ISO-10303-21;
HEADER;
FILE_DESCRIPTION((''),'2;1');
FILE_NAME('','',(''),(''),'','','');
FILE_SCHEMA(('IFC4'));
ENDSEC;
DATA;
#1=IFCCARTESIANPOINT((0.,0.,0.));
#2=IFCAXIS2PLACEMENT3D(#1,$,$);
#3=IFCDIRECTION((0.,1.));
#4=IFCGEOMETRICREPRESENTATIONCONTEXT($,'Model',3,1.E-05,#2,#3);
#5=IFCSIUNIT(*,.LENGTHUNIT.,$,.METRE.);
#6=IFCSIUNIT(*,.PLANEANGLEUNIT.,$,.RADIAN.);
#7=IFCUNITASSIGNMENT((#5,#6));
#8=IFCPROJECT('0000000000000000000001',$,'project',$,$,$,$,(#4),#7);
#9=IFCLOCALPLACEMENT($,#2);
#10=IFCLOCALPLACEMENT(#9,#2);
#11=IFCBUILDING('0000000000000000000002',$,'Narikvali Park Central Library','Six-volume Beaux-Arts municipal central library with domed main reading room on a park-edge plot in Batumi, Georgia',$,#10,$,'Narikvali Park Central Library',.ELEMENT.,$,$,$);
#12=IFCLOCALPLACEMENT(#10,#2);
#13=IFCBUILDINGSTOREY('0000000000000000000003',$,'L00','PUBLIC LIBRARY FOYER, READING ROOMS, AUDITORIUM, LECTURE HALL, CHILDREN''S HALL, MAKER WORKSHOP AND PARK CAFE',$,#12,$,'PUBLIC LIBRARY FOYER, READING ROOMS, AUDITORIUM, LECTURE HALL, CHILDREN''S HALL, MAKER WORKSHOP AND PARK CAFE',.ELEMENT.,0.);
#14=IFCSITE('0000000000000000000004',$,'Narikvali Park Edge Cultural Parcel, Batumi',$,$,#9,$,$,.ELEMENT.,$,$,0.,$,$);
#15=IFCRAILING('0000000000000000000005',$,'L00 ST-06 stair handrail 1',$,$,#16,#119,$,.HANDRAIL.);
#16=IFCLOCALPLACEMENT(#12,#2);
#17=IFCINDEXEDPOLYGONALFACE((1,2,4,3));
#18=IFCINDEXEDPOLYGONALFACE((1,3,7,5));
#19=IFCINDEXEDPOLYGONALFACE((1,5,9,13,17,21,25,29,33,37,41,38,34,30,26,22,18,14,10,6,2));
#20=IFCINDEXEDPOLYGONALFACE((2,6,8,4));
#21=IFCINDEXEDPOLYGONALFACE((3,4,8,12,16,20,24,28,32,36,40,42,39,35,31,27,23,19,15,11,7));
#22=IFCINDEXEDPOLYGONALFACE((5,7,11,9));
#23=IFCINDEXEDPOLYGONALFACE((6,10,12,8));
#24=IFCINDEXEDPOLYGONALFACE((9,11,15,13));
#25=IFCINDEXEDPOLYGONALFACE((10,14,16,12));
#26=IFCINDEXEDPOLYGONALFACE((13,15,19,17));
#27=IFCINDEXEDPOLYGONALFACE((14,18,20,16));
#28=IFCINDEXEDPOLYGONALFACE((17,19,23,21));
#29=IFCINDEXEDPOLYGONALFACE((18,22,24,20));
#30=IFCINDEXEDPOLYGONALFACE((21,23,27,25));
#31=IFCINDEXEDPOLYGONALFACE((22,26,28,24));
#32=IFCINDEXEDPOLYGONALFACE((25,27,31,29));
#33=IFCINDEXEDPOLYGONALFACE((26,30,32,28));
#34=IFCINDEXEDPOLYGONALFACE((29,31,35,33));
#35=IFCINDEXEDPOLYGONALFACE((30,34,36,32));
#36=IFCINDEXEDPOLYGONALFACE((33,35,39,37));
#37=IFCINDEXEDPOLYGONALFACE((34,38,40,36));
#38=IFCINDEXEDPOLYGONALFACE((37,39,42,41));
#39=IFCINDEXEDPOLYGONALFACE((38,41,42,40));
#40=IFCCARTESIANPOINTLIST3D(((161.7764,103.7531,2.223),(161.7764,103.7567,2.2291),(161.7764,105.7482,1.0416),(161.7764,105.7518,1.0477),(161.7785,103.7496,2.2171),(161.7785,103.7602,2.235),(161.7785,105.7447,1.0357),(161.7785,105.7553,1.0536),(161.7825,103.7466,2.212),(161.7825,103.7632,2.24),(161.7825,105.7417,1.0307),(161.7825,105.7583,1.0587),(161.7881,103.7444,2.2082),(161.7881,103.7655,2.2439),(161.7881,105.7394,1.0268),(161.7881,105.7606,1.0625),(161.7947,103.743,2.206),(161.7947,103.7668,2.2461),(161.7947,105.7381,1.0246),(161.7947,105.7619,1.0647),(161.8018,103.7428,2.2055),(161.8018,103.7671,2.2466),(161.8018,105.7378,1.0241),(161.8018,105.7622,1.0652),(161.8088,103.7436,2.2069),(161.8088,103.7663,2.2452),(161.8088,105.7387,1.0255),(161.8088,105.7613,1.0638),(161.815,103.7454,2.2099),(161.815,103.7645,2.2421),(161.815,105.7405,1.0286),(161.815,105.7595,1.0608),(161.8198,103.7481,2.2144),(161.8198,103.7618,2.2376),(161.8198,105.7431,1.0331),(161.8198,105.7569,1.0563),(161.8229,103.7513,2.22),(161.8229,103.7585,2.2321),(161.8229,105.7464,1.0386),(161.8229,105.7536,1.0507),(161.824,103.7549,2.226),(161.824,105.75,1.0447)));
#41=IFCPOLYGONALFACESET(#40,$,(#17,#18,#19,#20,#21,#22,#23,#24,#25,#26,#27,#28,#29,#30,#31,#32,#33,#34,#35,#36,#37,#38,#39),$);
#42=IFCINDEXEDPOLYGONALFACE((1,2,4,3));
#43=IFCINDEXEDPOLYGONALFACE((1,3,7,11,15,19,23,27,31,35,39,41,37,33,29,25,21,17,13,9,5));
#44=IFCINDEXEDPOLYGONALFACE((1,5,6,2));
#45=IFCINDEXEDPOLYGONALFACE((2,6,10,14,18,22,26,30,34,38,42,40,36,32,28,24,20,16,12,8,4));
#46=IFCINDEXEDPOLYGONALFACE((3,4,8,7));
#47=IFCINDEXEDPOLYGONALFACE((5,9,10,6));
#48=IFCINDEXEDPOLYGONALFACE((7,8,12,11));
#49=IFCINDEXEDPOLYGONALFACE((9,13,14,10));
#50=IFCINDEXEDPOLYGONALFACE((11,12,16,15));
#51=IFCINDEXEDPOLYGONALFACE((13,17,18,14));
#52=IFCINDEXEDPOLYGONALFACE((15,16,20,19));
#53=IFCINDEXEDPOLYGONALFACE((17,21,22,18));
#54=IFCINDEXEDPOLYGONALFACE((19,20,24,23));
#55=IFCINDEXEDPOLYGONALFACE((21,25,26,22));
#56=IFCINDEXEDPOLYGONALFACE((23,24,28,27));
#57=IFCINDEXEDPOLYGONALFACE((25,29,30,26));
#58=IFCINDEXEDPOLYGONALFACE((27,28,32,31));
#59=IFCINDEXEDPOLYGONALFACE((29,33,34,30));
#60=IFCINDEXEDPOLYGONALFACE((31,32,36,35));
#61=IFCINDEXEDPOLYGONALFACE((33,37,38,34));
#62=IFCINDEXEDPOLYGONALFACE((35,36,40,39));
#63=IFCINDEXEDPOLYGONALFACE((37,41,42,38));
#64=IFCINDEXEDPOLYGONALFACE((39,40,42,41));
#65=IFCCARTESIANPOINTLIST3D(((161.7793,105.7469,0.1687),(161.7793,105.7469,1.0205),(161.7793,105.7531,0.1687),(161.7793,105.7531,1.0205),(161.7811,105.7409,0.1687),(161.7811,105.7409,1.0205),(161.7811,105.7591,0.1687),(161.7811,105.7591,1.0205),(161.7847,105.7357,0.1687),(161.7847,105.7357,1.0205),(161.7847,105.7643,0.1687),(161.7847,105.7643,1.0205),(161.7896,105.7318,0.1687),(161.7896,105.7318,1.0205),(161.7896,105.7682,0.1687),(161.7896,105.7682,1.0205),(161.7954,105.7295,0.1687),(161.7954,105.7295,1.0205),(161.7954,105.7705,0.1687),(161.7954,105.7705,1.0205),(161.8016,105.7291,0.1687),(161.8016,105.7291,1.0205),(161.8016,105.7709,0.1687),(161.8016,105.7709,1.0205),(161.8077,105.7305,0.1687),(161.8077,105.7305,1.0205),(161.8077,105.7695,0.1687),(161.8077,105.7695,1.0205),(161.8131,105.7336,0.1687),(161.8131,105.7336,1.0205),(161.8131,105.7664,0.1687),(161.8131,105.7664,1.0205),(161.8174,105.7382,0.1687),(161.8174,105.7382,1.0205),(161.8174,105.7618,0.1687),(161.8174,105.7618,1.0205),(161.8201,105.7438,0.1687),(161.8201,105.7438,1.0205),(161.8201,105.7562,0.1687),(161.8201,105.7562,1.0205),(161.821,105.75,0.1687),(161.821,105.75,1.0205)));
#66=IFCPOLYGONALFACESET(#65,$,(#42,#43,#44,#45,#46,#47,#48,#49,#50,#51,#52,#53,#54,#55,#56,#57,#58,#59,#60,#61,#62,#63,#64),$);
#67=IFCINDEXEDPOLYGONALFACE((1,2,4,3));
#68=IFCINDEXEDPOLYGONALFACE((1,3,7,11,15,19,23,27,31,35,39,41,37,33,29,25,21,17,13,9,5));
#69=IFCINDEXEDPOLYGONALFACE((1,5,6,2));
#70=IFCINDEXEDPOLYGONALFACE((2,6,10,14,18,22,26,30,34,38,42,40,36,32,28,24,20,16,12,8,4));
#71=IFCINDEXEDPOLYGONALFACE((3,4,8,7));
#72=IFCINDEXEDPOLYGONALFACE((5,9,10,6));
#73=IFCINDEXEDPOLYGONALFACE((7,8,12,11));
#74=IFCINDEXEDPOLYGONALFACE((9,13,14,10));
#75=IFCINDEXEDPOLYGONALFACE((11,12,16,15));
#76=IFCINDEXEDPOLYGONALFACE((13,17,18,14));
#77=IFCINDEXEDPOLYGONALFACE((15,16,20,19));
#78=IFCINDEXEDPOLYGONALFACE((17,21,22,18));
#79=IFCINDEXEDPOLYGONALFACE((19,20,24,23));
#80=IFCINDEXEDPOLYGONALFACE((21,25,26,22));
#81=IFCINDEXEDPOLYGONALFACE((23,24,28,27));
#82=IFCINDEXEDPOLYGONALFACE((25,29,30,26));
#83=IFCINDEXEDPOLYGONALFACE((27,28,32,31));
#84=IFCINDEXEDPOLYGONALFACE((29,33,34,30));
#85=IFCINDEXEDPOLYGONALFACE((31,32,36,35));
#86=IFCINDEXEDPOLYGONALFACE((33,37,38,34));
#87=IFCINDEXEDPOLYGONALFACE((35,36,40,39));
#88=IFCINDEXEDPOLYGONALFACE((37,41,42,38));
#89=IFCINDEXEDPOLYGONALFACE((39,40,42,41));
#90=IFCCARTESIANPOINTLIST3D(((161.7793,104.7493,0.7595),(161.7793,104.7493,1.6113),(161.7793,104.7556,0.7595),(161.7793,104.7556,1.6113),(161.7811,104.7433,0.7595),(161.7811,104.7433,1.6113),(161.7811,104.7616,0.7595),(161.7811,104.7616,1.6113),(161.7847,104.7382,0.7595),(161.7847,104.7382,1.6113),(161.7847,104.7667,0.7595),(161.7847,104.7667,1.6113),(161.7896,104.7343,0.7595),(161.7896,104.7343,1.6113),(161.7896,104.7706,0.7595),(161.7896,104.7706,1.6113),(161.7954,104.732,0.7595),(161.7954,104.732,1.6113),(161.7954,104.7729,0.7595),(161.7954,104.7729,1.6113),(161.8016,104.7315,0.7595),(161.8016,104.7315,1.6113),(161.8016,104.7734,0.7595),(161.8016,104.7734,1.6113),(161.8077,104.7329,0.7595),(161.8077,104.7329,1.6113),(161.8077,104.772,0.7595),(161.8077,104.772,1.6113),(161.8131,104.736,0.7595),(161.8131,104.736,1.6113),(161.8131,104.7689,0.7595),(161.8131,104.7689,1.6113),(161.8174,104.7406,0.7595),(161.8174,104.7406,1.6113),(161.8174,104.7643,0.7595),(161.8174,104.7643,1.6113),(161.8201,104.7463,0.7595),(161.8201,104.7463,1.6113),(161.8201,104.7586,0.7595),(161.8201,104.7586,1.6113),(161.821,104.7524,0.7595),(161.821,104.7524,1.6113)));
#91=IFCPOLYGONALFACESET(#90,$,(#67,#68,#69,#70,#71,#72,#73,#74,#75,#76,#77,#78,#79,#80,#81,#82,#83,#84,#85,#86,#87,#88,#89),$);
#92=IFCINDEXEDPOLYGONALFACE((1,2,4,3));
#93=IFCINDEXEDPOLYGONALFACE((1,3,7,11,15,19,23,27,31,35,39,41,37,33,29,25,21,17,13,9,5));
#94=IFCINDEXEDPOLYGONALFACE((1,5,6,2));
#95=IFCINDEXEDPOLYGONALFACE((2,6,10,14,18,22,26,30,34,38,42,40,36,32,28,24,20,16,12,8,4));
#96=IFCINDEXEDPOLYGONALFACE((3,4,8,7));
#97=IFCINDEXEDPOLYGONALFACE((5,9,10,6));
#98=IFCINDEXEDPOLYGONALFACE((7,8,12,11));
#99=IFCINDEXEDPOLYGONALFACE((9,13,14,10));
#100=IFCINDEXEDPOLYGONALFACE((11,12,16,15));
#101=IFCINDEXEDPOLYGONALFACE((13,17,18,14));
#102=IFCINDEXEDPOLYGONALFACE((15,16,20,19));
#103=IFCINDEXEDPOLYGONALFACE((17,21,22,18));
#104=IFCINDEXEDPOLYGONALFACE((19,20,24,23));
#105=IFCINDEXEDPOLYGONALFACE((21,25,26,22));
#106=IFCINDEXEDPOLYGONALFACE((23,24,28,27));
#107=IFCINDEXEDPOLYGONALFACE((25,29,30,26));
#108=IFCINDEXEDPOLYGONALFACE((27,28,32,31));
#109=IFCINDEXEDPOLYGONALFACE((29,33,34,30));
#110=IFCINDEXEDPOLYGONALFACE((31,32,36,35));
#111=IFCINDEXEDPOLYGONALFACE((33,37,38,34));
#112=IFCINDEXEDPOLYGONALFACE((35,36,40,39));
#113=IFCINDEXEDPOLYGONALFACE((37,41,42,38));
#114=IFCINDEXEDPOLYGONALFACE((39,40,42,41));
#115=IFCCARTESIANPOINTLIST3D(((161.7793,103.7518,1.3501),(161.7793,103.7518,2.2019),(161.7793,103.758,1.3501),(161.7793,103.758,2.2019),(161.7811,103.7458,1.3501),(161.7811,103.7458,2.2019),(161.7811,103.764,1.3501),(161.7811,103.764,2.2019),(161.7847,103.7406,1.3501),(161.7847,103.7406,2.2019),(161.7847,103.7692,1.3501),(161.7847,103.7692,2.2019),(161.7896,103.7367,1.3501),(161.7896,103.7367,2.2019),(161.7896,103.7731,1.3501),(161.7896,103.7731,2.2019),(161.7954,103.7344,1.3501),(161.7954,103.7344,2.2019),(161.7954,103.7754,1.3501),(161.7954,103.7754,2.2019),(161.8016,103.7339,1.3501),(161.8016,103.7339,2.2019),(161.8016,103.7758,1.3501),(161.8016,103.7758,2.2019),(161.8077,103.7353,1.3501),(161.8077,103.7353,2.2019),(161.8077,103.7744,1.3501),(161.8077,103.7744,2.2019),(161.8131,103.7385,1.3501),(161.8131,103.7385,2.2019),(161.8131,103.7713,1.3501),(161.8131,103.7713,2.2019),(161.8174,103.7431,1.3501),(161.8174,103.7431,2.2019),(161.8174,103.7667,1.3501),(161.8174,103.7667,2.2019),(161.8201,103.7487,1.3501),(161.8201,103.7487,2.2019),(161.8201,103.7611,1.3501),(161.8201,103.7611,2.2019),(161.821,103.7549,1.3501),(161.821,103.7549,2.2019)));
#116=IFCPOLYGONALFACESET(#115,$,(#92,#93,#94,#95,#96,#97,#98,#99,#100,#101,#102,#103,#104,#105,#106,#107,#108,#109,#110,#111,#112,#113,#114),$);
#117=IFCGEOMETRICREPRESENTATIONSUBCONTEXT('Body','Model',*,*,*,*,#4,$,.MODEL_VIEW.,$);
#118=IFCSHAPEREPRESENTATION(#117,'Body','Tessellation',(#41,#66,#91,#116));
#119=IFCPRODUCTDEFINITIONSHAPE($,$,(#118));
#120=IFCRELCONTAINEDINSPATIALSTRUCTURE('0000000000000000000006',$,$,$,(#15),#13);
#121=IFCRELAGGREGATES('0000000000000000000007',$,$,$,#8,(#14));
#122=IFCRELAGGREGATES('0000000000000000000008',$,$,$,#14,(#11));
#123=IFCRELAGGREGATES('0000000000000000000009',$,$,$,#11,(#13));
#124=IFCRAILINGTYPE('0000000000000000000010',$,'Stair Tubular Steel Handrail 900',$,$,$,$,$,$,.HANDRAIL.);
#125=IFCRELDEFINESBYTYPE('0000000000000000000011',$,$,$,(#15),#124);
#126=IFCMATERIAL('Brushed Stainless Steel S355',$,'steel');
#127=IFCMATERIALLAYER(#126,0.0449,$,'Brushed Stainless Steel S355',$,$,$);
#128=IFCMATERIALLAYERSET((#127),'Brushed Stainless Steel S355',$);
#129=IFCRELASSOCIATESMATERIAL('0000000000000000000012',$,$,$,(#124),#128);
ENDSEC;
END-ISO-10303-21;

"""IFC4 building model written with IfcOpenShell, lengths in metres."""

from ifc_helpers import new_model, si_unit, direction, frame, origin, origin_2d, place, context, subcontext, project, spatial, circle, extrude, material, layer, layer_set, type_object, element, save


model = new_model("IFC4")

# Units and contexts
model_context = context("Model", 3, precision=1e-05, world=origin(), true_north=direction((0.0, 1.0)))
body_context = subcontext(model_context, "Body", "Model", "MODEL_VIEW")
ifc_project = project(units=[si_unit("LENGTHUNIT", "METRE"), si_unit("PLANEANGLEUNIT", "RADIAN")], contexts=[model_context])

# Site, building, storey
site_placement = place(None, origin())
site = spatial("IfcSite", under=ifc_project, at=site_placement, Name="Narikvali Park Edge Cultural Parcel, Batumi", CompositionType="ELEMENT", RefElevation=0.0)
building_placement = place(site_placement, origin())
building = spatial("IfcBuilding", under=site, at=building_placement, Name="Narikvali Park Central Library", Description="Six-volume Beaux-Arts municipal central library with domed main reading room on a park-edge plot in Batumi, Georgia", LongName="Narikvali Park Central Library", CompositionType="ELEMENT")
storey_placement = place(building_placement, origin())
storey = spatial("IfcBuildingStorey", under=building, at=storey_placement, Name="L00", Description="PUBLIC LIBRARY FOYER, READING ROOMS, AUDITORIUM, LECTURE HALL, CHILDREN'S HALL, MAKER WORKSHOP AND PARK CAFE", LongName="PUBLIC LIBRARY FOYER, READING ROOMS, AUDITORIUM, LECTURE HALL, CHILDREN'S HALL, MAKER WORKSHOP AND PARK CAFE", CompositionType="ELEMENT", Elevation=0.0)

# Shared definitions
ifc_material_1 = material(Name="Brushed Stainless Steel S355", Category="steel")

# Railing
ifc_layer_1 = layer(ifc_material_1, 0.0449, Name="Brushed Stainless Steel S355")
ifc_layer_set_1 = layer_set([ifc_layer_1], Name="Brushed Stainless Steel S355")
railing_type_1 = type_object("IfcRailingType", Name="Stair Tubular Steel Handrail 900", PredefinedType="HANDRAIL", material=ifc_layer_set_1)
railing_1_placement = place(storey_placement, frame((161.8, 105.75, 0.1687)))
element("IfcRailing", 1, at=railing_1_placement, inside=storey, type_object=railing_type_1, Name="L00 ST-06 stair handrail 1", PredefinedType="HANDRAIL", context=body_context, shape_type="SweptSolid", body=[
    extrude(circle(Radius=0.0239, at=origin_2d()), frame((0.0, 0.0, 0.876), z_axis=(0.0, -0.860461, 0.509517), x_axis=(1.0, 0.0, 0.0)), (0.0, 0.0, 1.0), 2.3186),
    extrude(circle(Radius=0.021, at=origin_2d()), origin(), (0.0, 0.0, 1.0), 0.8518),
    extrude(circle(Radius=0.021, at=origin_2d()), frame((0.0, -0.9976, 0.5908)), (0.0, 0.0, 1.0), 0.8518),
    extrude(circle(Radius=0.021, at=origin_2d()), frame((0.0, -1.9951, 1.1814)), (0.0, 0.0, 1.0), 0.8518),
])

save(model, "model.ifc")
